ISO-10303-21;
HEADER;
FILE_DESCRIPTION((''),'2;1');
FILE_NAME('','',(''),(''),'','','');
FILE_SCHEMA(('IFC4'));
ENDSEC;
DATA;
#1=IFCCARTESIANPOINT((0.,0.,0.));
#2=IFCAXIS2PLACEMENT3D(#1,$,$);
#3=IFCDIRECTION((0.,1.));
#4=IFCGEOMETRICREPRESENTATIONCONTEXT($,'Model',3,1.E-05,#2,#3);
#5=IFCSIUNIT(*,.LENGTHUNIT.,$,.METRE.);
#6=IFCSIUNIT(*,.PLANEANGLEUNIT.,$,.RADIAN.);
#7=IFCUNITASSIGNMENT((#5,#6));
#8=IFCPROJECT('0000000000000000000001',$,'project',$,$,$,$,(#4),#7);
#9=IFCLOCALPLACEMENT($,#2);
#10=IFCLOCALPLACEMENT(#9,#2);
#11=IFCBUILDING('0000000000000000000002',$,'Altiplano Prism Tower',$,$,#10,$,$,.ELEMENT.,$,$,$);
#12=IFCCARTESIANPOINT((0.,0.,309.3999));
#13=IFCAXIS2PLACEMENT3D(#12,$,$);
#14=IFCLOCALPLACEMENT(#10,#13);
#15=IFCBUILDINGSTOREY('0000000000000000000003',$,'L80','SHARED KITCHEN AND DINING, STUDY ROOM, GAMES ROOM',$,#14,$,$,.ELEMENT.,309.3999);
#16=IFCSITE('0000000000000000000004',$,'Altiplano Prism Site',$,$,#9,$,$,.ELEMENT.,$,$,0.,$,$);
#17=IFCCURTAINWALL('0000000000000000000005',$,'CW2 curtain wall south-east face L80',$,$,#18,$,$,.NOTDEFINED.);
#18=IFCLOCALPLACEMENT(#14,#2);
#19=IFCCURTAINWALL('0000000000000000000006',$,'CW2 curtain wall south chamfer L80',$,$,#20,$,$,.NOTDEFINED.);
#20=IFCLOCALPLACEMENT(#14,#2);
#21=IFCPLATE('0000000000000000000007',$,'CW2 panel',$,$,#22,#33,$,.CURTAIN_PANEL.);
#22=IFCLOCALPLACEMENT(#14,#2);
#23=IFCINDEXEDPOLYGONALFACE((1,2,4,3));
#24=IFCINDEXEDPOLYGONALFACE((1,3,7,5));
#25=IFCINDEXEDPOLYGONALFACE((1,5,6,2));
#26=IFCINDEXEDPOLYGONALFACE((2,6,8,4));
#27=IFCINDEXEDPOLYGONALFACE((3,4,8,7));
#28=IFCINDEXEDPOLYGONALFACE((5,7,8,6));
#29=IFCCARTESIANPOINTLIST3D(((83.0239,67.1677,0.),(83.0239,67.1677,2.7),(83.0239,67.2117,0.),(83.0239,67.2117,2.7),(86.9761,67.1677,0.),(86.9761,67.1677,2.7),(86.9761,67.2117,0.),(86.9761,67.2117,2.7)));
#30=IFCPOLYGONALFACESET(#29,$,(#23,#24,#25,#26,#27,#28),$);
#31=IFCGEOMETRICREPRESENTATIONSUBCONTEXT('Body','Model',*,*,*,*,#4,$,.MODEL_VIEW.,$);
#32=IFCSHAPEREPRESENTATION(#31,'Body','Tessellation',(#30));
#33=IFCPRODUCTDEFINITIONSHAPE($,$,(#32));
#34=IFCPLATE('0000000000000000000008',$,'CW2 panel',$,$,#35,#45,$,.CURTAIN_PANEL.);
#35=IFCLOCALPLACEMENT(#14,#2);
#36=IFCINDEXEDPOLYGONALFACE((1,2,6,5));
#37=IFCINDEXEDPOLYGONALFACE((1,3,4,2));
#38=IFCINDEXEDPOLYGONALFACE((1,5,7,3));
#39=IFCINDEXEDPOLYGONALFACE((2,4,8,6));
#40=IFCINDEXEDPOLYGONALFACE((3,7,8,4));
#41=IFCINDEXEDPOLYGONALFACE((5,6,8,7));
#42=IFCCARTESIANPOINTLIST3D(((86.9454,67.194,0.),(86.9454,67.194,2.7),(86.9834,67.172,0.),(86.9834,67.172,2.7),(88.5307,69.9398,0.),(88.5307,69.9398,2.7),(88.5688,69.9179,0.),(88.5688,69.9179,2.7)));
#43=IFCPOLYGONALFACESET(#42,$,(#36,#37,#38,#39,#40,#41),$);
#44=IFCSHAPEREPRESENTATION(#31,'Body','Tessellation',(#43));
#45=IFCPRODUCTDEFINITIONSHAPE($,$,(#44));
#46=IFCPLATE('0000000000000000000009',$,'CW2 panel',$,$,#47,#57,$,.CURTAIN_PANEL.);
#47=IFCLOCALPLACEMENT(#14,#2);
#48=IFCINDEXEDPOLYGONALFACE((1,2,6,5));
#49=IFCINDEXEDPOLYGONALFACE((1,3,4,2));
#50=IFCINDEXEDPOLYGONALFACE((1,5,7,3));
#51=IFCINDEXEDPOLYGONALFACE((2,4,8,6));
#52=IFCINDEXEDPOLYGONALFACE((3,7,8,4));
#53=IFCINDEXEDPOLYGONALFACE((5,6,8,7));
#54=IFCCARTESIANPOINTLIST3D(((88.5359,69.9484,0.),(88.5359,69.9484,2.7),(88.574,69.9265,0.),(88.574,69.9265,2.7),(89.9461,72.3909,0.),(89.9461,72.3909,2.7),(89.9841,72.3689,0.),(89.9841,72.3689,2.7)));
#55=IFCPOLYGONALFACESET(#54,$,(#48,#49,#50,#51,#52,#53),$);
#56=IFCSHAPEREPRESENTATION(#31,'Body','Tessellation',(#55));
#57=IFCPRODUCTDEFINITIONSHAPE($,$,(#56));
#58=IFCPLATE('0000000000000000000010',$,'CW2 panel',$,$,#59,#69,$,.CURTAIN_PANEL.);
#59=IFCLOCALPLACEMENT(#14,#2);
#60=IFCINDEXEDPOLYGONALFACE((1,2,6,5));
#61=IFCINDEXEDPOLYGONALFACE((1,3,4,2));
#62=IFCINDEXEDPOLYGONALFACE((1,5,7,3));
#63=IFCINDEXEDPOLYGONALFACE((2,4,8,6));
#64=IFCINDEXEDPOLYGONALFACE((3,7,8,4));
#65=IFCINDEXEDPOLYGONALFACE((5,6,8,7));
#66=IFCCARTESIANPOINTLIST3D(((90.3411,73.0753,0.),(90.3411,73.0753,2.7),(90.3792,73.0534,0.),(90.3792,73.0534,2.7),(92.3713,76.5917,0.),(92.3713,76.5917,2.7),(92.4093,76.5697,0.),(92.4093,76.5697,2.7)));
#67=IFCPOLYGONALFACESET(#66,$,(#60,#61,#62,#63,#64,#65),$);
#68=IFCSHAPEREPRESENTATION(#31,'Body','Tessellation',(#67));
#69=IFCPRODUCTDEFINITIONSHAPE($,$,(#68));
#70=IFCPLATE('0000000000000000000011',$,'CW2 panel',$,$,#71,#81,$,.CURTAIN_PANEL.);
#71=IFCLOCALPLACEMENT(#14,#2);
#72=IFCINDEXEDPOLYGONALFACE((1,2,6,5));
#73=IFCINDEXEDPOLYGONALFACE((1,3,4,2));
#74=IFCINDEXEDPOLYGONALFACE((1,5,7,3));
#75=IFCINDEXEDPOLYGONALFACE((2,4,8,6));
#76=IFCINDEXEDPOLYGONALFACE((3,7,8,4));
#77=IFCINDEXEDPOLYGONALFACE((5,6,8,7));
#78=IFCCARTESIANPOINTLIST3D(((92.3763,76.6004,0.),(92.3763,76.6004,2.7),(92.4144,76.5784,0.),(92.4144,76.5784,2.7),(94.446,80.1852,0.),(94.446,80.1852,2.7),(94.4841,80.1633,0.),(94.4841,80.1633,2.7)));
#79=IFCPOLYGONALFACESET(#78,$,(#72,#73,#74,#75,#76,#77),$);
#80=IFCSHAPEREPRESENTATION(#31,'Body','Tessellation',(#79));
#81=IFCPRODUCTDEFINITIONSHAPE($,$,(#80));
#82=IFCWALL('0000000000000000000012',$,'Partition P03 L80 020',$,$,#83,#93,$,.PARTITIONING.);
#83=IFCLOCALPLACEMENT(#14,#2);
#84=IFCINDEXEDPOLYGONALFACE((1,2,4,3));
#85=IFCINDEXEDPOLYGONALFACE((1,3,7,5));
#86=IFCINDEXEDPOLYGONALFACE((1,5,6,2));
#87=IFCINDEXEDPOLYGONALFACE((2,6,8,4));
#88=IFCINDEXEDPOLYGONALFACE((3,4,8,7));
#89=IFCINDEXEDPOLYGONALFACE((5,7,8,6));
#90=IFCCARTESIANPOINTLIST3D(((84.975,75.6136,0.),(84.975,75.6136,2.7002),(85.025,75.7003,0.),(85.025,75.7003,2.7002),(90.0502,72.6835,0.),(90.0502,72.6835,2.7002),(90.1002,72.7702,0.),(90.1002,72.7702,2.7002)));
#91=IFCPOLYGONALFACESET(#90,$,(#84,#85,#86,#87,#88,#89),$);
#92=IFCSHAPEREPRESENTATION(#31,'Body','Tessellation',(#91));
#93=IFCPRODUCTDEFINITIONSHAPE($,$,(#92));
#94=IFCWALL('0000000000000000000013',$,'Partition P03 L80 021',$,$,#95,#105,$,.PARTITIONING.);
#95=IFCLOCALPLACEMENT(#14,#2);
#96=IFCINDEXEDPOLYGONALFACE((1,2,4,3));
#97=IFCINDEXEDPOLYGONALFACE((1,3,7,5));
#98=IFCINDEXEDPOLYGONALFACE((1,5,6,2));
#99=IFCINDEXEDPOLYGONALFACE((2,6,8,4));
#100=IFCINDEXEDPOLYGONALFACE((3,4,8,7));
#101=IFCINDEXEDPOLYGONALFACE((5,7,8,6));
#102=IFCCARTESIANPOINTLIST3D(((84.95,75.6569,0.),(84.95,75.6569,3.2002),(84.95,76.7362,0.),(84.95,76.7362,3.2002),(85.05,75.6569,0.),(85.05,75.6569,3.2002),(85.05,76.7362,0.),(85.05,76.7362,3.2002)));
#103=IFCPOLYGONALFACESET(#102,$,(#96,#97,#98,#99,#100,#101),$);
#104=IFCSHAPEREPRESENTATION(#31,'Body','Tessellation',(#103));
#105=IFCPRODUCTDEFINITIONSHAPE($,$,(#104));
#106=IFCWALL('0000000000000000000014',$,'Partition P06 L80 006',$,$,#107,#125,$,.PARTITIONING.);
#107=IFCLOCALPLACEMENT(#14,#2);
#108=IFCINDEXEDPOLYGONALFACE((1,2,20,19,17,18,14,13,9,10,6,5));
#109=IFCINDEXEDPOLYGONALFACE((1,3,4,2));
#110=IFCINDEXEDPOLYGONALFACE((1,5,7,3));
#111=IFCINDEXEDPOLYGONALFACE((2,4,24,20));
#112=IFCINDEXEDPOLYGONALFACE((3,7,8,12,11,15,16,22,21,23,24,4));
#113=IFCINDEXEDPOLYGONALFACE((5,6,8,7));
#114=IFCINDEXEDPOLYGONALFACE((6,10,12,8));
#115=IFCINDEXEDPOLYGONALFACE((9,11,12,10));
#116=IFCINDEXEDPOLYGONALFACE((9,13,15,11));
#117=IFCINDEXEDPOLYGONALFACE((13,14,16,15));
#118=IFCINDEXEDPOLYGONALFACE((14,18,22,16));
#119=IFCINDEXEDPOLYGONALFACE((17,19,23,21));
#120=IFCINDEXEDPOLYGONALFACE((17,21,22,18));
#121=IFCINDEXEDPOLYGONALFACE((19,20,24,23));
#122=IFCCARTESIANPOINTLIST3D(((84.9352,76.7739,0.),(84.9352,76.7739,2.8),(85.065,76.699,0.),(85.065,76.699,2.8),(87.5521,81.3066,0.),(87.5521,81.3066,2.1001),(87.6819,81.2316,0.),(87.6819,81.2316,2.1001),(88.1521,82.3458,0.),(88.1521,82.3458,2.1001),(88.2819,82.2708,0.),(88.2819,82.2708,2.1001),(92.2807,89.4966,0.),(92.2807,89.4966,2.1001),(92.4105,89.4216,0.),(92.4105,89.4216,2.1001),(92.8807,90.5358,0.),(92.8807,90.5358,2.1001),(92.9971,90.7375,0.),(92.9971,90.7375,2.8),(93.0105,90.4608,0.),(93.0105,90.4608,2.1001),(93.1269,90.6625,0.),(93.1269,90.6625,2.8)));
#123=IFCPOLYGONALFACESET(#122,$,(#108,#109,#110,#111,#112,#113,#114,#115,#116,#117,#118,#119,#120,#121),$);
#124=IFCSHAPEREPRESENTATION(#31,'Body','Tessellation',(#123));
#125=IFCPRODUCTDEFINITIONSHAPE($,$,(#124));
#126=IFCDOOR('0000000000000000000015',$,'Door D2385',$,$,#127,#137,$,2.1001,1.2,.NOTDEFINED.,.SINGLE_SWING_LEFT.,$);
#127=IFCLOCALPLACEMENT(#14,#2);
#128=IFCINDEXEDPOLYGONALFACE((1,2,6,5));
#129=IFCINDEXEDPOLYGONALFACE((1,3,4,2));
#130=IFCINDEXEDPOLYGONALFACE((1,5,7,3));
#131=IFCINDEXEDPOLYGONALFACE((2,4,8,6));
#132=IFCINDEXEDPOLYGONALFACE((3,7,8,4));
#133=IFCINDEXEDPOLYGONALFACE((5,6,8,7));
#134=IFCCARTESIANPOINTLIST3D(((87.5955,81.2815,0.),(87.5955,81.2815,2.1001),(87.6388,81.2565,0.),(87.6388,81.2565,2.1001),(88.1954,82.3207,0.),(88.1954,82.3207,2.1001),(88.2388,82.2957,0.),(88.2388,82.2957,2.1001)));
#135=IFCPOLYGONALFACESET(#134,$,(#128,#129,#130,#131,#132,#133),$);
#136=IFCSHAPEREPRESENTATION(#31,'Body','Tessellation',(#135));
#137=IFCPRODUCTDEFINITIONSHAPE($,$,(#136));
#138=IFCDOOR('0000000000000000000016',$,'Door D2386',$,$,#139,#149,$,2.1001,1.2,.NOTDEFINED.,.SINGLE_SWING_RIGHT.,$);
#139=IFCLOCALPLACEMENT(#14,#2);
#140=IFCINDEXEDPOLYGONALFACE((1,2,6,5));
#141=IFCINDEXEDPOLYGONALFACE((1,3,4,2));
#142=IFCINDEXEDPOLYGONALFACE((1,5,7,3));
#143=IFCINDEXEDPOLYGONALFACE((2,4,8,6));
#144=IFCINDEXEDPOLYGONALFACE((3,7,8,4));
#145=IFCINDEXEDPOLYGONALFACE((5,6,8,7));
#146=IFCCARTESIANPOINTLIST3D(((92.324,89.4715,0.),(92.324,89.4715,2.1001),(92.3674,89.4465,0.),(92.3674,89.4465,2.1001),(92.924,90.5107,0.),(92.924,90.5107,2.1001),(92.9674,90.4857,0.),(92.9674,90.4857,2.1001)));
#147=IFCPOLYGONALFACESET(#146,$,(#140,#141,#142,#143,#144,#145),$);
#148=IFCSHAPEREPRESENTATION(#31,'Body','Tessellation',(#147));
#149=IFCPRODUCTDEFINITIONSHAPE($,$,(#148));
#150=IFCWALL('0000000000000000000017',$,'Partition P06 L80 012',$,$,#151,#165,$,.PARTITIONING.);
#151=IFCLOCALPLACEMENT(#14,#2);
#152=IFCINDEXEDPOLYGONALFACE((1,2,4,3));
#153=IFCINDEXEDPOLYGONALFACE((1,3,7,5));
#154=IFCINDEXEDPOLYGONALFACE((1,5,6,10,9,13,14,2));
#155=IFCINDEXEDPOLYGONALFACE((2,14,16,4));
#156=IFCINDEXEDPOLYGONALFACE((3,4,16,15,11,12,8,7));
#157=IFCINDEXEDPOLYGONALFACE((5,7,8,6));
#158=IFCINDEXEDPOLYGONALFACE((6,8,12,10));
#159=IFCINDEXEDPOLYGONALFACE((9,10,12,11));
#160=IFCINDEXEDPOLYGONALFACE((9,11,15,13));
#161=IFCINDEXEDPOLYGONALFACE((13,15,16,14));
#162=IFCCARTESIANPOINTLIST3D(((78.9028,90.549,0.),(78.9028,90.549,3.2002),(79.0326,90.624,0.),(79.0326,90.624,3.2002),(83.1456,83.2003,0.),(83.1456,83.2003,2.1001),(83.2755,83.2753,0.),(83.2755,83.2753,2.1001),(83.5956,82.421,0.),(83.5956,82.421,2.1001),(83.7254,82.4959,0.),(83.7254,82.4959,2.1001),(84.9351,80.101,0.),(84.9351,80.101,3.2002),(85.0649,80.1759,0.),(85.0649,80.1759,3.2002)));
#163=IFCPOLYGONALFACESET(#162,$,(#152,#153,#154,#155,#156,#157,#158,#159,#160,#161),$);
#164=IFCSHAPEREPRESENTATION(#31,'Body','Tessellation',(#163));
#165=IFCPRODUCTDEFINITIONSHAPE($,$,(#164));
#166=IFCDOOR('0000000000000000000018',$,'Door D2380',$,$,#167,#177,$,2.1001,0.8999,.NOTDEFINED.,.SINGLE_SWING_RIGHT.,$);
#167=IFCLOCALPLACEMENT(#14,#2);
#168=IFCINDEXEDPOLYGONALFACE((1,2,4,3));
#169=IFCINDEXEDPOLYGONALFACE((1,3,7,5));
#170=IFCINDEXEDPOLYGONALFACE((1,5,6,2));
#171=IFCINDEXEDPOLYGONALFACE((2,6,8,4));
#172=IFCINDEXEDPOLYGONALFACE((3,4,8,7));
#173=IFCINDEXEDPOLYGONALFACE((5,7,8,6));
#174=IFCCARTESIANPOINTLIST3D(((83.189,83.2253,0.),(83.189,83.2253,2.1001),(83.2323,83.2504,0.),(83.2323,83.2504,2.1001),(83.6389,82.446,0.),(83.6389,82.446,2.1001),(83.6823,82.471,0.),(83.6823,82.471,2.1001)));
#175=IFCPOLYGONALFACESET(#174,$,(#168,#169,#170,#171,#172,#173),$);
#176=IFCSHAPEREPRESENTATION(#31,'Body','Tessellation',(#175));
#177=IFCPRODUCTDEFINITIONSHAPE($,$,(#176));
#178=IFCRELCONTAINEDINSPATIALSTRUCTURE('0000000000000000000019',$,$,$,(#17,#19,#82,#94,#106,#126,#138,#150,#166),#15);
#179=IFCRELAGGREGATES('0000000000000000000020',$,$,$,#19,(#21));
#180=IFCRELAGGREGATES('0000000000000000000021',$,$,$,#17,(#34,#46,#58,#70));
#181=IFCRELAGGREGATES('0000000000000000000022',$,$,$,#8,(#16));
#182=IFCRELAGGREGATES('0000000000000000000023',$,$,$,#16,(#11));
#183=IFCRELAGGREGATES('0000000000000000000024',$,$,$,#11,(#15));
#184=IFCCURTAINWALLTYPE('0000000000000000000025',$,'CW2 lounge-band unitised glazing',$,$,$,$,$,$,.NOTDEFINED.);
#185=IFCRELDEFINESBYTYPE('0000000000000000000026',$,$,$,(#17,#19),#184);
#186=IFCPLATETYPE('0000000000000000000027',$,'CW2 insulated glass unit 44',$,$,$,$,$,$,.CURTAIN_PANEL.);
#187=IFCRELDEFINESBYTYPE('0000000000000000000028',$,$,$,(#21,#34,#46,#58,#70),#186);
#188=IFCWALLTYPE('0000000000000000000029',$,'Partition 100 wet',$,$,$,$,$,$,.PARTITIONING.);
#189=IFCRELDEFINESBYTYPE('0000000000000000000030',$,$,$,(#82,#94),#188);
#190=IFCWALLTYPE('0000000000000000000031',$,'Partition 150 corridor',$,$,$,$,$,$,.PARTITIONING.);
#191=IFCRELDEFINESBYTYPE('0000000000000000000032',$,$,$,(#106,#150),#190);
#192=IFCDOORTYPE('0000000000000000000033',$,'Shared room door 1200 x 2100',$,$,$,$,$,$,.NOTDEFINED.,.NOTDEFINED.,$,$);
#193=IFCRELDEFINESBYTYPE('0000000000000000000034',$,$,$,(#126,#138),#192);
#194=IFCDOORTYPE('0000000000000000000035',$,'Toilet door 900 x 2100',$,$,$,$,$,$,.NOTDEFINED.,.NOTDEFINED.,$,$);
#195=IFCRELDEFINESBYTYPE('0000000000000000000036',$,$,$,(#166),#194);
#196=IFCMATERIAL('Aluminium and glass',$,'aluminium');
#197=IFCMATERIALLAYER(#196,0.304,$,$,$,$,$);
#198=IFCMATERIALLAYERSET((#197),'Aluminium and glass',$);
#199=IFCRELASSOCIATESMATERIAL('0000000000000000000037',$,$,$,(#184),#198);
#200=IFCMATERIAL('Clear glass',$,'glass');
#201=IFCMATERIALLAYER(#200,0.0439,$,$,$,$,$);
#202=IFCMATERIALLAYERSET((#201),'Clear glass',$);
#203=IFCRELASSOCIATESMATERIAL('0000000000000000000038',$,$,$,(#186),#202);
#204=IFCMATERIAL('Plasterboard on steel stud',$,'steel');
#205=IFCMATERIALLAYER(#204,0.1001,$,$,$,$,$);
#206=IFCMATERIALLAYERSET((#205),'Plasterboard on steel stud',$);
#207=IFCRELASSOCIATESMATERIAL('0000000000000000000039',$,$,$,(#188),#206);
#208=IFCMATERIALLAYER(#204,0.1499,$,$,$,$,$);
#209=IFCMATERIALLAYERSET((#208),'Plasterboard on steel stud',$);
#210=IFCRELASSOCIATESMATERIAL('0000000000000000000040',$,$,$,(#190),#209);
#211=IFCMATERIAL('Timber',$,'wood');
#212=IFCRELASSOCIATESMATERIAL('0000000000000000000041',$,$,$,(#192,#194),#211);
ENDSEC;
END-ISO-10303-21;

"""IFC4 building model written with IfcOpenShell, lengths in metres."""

from ifc_helpers import new_model, si_unit, direction, frame, frame_2d, origin, origin_2d, place, context, subcontext, project, spatial, rectangle, extrude, material, layer, layer_set, type_object, element, fill, aggregate, save


model = new_model("IFC4")

# Units and contexts
model_context = context("Model", 3, precision=1e-05, world=origin(), true_north=direction((0.0, 1.0)))
body_context = subcontext(model_context, "Body", "Model", "MODEL_VIEW")
ifc_project = project(units=[si_unit("LENGTHUNIT", "METRE"), si_unit("PLANEANGLEUNIT", "RADIAN")], contexts=[model_context])

# Site, building, storey
site_placement = place(None, origin())
site = spatial("IfcSite", under=ifc_project, at=site_placement, Name="Altiplano Prism Site", CompositionType="ELEMENT", RefElevation=0.0)
building_placement = place(site_placement, origin())
building = spatial("IfcBuilding", under=site, at=building_placement, Name="Altiplano Prism Tower", CompositionType="ELEMENT")
storey_placement = place(building_placement, frame((0.0, 0.0, 309.3999)))
storey = spatial("IfcBuildingStorey", under=building, at=storey_placement, Name="L80", Description="SHARED KITCHEN AND DINING, STUDY ROOM, GAMES ROOM", CompositionType="ELEMENT", Elevation=309.3999)

# Curtain wall
ifc_material_1 = material(Name="Aluminium and glass", Category="aluminium")
ifc_layer_1 = layer(ifc_material_1, 0.304)
ifc_layer_set_1 = layer_set([ifc_layer_1], Name="Aluminium and glass")
curtain_wall_type = type_object("IfcCurtainWallType", Name="CW2 lounge-band unitised glazing", PredefinedType="NOTDEFINED", material=ifc_layer_set_1)
curtain_wall_1_placement = place(storey_placement, origin())
curtain_wall_1 = element("IfcCurtainWall", 1, at=curtain_wall_1_placement, inside=storey, type_object=curtain_wall_type, Name="CW2 curtain wall south-east face L80", PredefinedType="NOTDEFINED")

# Curtain wall, plate
curtain_wall_2_placement = place(storey_placement, origin())
curtain_wall_2 = element("IfcCurtainWall", 2, at=curtain_wall_2_placement, inside=storey, type_object=curtain_wall_type, Name="CW2 curtain wall south chamfer L80", PredefinedType="NOTDEFINED")
ifc_material_2 = material(Name="Clear glass", Category="glass")
ifc_layer_2 = layer(ifc_material_2, 0.0439)
ifc_layer_set_2 = layer_set([ifc_layer_2], Name="Clear glass")
plate_type = type_object("IfcPlateType", Name="CW2 insulated glass unit 44", PredefinedType="CURTAIN_PANEL", material=ifc_layer_set_2)
plate_1_placement = place(storey_placement, frame((85.0, 67.1897, 0.0), z_axis=(0.0, 0.0, 1.0), x_axis=(1.0, 0.0, 0.0)))
plate_1 = element("IfcPlate", 3, at=plate_1_placement, type_object=plate_type, Name="CW2 panel", PredefinedType="CURTAIN_PANEL", context=body_context, shape_type="SweptSolid", body=[
    extrude(rectangle(XDim=3.9521, YDim=0.0439, at=origin_2d()), origin(), (0.0, 0.0, 1.0), 2.7),
])
aggregate(curtain_wall_2, [plate_1])

# Plates
plate_2_placement = place(storey_placement, frame((87.7571, 68.5559, 0.0), z_axis=(0.0, 0.0, 1.0), x_axis=(0.5, 0.866025, 0.0)))
plate_2 = element("IfcPlate", 4, at=plate_2_placement, type_object=plate_type, Name="CW2 panel", PredefinedType="CURTAIN_PANEL", context=body_context, shape_type="SweptSolid", body=[
    extrude(rectangle(XDim=3.1707, YDim=0.0439, at=origin_2d()), origin(), (0.0, 0.0, 1.0), 2.7),
])
plate_3_placement = place(storey_placement, frame((89.26, 71.1587, 0.0), z_axis=(0.0, 0.0, 1.0), x_axis=(0.5, 0.866025, 0.0)))
plate_3 = element("IfcPlate", 5, at=plate_3_placement, type_object=plate_type, Name="CW2 panel", PredefinedType="CURTAIN_PANEL", context=body_context, shape_type="SweptSolid", body=[
    extrude(rectangle(XDim=2.8203, YDim=0.0439, at=origin_2d()), origin(), (0.0, 0.0, 1.0), 2.7),
])
plate_4_placement = place(storey_placement, frame((91.3752, 74.8225, 0.0), z_axis=(0.0, 0.0, 1.0), x_axis=(0.5, 0.866025, 0.0)))
plate_4 = element("IfcPlate", 6, at=plate_4_placement, type_object=plate_type, Name="CW2 panel", PredefinedType="CURTAIN_PANEL", context=body_context, shape_type="SweptSolid", body=[
    extrude(rectangle(XDim=4.0603, YDim=0.0439, at=origin_2d()), origin(), (0.0, 0.0, 1.0), 2.7),
])
plate_5_placement = place(storey_placement, frame((93.4302, 78.3818, 0.0), z_axis=(0.0, 0.0, 1.0), x_axis=(0.5, 0.866025, 0.0)))
plate_5 = element("IfcPlate", 7, at=plate_5_placement, type_object=plate_type, Name="CW2 panel", PredefinedType="CURTAIN_PANEL", context=body_context, shape_type="SweptSolid", body=[
    extrude(rectangle(XDim=4.1394, YDim=0.0439, at=origin_2d()), origin(), (0.0, 0.0, 1.0), 2.7),
])
aggregate(curtain_wall_1, [plate_2, plate_3, plate_4, plate_5])

# Walls
ifc_material_3 = material(Name="Plasterboard on steel stud", Category="steel")
ifc_layer_3 = layer(ifc_material_3, 0.1001)
ifc_layer_set_3 = layer_set([ifc_layer_3], Name="Plasterboard on steel stud")
wall_type_1 = type_object("IfcWallType", Name="Partition 100 wet", PredefinedType="PARTITIONING", material=ifc_layer_set_3)
wall_1_placement = place(storey_placement, frame((90.0752, 72.7268, 0.0), z_axis=(0.0, 0.0, 1.0), x_axis=(-0.866025, 0.500001, 0.0)))
element("IfcWall", 8, at=wall_1_placement, inside=storey, type_object=wall_type_1, Name="Partition P03 L80 020", PredefinedType="PARTITIONING", context=body_context, shape_type="SweptSolid", body=[
    extrude(rectangle(XDim=5.8604, YDim=0.1001, at=frame_2d((2.9302, 0.0))), origin(), (0.0, 0.0, 1.0), 2.7002),
])
wall_2_placement = place(storey_placement, frame((85.0, 75.657, 0.0), z_axis=(0.0, 0.0, 1.0), x_axis=(0.0, 1.0, 0.0)))
element("IfcWall", 9, at=wall_2_placement, inside=storey, type_object=wall_type_1, Name="Partition P03 L80 021", PredefinedType="PARTITIONING", context=body_context, shape_type="SweptSolid", body=[
    extrude(rectangle(XDim=1.0793, YDim=0.1001, at=frame_2d((0.5396, 0.0))), origin(), (0.0, 0.0, 1.0), 3.2002),
])

# Wall, openings, doors
ifc_layer_4 = layer(ifc_material_3, 0.1499)
ifc_layer_set_4 = layer_set([ifc_layer_4], Name="Plasterboard on steel stud")
wall_type_2 = type_object("IfcWallType", Name="Partition 150 corridor", PredefinedType="PARTITIONING", material=ifc_layer_set_4)
wall_3_placement = place(storey_placement, frame((85.0, 76.7363, 0.0), z_axis=(0.0, 0.0, 1.0), x_axis=(0.500005, 0.866022, 0.0)))
wall_3 = element("IfcWall", 10, at=wall_3_placement, inside=storey, type_object=wall_type_2, Name="Partition P06 L80 006", PredefinedType="PARTITIONING", context=body_context, shape_type="SweptSolid", body=[
    extrude(rectangle(XDim=16.1238, YDim=0.1499, at=frame_2d((8.062, 0.0))), origin(), (0.0, 0.0, 1.0), 2.8),
])
opening_1_placement = place(wall_3_placement, frame((5.2339, 0.0, 0.0)))
opening_1 = element("IfcOpeningElement", 11, at=opening_1_placement, cuts=wall_3, PredefinedType="OPENING", context=body_context, shape_type="SweptSolid", body=[
    extrude(rectangle(XDim=1.2, YDim=2.1001, at=frame_2d((0.6001, 1.05))), frame((0.0, 0.0854, 0.0), z_axis=(0.0, -1.0, 0.0), x_axis=(1.0, 0.0, 0.0)), (0.0, 0.0, 1.0), 0.1709),
])
opening_2_placement = place(wall_3_placement, frame((14.6909, 0.0, 0.0)))
opening_2 = element("IfcOpeningElement", 12, at=opening_2_placement, cuts=wall_3, PredefinedType="OPENING", context=body_context, shape_type="SweptSolid", body=[
    extrude(rectangle(XDim=1.2, YDim=2.1001, at=frame_2d((0.6001, 1.05))), frame((0.0, 0.0854, 0.0), z_axis=(0.0, -1.0, 0.0), x_axis=(1.0, 0.0, 0.0)), (0.0, 0.0, 1.0), 0.1709),
])
ifc_material_4 = material(Name="Timber", Category="wood")
door_type_1 = type_object("IfcDoorType", Name="Shared room door 1200 x 2100", OperationType="NOTDEFINED", PredefinedType="NOTDEFINED", material=ifc_material_4)
door_1_placement = place(opening_1_placement, origin())
door_1 = element("IfcDoor", 13, at=door_1_placement, inside=storey, type_object=door_type_1, Name="Door D2385", OperationType="SINGLE_SWING_LEFT", OverallHeight=2.1001, OverallWidth=1.2, PredefinedType="NOTDEFINED", context=body_context, shape_type="SweptSolid", body=[
    extrude(rectangle(XDim=1.2, YDim=2.1001, at=frame_2d((0.6001, 1.05))), frame((0.0, 0.0249, 0.0), z_axis=(0.0, -1.0, 0.0), x_axis=(1.0, 0.0, 0.0)), (0.0, 0.0, 1.0), 0.05),
])
fill(opening_1, door_1)
door_2_placement = place(opening_2_placement, origin())
door_2 = element("IfcDoor", 14, at=door_2_placement, inside=storey, type_object=door_type_1, Name="Door D2386", OperationType="SINGLE_SWING_RIGHT", OverallHeight=2.1001, OverallWidth=1.2, PredefinedType="NOTDEFINED", context=body_context, shape_type="SweptSolid", body=[
    extrude(rectangle(XDim=1.2, YDim=2.1001, at=frame_2d((0.6001, 1.05))), frame((0.0, 0.0249, 0.0), z_axis=(0.0, -1.0, 0.0), x_axis=(1.0, 0.0, 0.0)), (0.0, 0.0, 1.0), 0.05),
])
fill(opening_2, door_2)

# Wall, opening, door
wall_4_placement = place(storey_placement, frame((85.0, 80.1384, 0.0), z_axis=(0.0, 0.0, 1.0), x_axis=(-0.500004, 0.866023, 0.0)))
wall_4 = element("IfcWall", 15, at=wall_4_placement, inside=storey, type_object=wall_type_2, Name="Partition P06 L80 012", PredefinedType="PARTITIONING", context=body_context, shape_type="SweptSolid", body=[
    extrude(rectangle(XDim=12.0645, YDim=0.1499, at=frame_2d((6.0322, 0.0))), origin(), (0.0, 0.0, 1.0), 3.2002),
])
opening_3_placement = place(wall_4_placement, frame((2.679, 0.0, 0.0)))
opening_3 = element("IfcOpeningElement", 16, at=opening_3_placement, cuts=wall_4, PredefinedType="OPENING", context=body_context, shape_type="SweptSolid", body=[
    extrude(rectangle(XDim=0.8999, YDim=2.1001, at=frame_2d((0.45, 1.05))), frame((0.0, 0.0854, 0.0), z_axis=(0.0, -1.0, 0.0), x_axis=(1.0, 0.0, 0.0)), (0.0, 0.0, 1.0), 0.1709),
])
door_type_2 = type_object("IfcDoorType", Name="Toilet door 900 x 2100", OperationType="NOTDEFINED", PredefinedType="NOTDEFINED", material=ifc_material_4)
door_3_placement = place(opening_3_placement, origin())
door_3 = element("IfcDoor", 17, at=door_3_placement, inside=storey, type_object=door_type_2, Name="Door D2380", OperationType="SINGLE_SWING_RIGHT", OverallHeight=2.1001, OverallWidth=0.8999, PredefinedType="NOTDEFINED", context=body_context, shape_type="SweptSolid", body=[
    extrude(rectangle(XDim=0.8999, YDim=2.1001, at=frame_2d((0.45, 1.05))), frame((0.0, 0.0249, 0.0), z_axis=(0.0, -1.0, 0.0), x_axis=(1.0, 0.0, 0.0)), (0.0, 0.0, 1.0), 0.05),
])
fill(opening_3, door_3)

save(model, "model.ifc")
